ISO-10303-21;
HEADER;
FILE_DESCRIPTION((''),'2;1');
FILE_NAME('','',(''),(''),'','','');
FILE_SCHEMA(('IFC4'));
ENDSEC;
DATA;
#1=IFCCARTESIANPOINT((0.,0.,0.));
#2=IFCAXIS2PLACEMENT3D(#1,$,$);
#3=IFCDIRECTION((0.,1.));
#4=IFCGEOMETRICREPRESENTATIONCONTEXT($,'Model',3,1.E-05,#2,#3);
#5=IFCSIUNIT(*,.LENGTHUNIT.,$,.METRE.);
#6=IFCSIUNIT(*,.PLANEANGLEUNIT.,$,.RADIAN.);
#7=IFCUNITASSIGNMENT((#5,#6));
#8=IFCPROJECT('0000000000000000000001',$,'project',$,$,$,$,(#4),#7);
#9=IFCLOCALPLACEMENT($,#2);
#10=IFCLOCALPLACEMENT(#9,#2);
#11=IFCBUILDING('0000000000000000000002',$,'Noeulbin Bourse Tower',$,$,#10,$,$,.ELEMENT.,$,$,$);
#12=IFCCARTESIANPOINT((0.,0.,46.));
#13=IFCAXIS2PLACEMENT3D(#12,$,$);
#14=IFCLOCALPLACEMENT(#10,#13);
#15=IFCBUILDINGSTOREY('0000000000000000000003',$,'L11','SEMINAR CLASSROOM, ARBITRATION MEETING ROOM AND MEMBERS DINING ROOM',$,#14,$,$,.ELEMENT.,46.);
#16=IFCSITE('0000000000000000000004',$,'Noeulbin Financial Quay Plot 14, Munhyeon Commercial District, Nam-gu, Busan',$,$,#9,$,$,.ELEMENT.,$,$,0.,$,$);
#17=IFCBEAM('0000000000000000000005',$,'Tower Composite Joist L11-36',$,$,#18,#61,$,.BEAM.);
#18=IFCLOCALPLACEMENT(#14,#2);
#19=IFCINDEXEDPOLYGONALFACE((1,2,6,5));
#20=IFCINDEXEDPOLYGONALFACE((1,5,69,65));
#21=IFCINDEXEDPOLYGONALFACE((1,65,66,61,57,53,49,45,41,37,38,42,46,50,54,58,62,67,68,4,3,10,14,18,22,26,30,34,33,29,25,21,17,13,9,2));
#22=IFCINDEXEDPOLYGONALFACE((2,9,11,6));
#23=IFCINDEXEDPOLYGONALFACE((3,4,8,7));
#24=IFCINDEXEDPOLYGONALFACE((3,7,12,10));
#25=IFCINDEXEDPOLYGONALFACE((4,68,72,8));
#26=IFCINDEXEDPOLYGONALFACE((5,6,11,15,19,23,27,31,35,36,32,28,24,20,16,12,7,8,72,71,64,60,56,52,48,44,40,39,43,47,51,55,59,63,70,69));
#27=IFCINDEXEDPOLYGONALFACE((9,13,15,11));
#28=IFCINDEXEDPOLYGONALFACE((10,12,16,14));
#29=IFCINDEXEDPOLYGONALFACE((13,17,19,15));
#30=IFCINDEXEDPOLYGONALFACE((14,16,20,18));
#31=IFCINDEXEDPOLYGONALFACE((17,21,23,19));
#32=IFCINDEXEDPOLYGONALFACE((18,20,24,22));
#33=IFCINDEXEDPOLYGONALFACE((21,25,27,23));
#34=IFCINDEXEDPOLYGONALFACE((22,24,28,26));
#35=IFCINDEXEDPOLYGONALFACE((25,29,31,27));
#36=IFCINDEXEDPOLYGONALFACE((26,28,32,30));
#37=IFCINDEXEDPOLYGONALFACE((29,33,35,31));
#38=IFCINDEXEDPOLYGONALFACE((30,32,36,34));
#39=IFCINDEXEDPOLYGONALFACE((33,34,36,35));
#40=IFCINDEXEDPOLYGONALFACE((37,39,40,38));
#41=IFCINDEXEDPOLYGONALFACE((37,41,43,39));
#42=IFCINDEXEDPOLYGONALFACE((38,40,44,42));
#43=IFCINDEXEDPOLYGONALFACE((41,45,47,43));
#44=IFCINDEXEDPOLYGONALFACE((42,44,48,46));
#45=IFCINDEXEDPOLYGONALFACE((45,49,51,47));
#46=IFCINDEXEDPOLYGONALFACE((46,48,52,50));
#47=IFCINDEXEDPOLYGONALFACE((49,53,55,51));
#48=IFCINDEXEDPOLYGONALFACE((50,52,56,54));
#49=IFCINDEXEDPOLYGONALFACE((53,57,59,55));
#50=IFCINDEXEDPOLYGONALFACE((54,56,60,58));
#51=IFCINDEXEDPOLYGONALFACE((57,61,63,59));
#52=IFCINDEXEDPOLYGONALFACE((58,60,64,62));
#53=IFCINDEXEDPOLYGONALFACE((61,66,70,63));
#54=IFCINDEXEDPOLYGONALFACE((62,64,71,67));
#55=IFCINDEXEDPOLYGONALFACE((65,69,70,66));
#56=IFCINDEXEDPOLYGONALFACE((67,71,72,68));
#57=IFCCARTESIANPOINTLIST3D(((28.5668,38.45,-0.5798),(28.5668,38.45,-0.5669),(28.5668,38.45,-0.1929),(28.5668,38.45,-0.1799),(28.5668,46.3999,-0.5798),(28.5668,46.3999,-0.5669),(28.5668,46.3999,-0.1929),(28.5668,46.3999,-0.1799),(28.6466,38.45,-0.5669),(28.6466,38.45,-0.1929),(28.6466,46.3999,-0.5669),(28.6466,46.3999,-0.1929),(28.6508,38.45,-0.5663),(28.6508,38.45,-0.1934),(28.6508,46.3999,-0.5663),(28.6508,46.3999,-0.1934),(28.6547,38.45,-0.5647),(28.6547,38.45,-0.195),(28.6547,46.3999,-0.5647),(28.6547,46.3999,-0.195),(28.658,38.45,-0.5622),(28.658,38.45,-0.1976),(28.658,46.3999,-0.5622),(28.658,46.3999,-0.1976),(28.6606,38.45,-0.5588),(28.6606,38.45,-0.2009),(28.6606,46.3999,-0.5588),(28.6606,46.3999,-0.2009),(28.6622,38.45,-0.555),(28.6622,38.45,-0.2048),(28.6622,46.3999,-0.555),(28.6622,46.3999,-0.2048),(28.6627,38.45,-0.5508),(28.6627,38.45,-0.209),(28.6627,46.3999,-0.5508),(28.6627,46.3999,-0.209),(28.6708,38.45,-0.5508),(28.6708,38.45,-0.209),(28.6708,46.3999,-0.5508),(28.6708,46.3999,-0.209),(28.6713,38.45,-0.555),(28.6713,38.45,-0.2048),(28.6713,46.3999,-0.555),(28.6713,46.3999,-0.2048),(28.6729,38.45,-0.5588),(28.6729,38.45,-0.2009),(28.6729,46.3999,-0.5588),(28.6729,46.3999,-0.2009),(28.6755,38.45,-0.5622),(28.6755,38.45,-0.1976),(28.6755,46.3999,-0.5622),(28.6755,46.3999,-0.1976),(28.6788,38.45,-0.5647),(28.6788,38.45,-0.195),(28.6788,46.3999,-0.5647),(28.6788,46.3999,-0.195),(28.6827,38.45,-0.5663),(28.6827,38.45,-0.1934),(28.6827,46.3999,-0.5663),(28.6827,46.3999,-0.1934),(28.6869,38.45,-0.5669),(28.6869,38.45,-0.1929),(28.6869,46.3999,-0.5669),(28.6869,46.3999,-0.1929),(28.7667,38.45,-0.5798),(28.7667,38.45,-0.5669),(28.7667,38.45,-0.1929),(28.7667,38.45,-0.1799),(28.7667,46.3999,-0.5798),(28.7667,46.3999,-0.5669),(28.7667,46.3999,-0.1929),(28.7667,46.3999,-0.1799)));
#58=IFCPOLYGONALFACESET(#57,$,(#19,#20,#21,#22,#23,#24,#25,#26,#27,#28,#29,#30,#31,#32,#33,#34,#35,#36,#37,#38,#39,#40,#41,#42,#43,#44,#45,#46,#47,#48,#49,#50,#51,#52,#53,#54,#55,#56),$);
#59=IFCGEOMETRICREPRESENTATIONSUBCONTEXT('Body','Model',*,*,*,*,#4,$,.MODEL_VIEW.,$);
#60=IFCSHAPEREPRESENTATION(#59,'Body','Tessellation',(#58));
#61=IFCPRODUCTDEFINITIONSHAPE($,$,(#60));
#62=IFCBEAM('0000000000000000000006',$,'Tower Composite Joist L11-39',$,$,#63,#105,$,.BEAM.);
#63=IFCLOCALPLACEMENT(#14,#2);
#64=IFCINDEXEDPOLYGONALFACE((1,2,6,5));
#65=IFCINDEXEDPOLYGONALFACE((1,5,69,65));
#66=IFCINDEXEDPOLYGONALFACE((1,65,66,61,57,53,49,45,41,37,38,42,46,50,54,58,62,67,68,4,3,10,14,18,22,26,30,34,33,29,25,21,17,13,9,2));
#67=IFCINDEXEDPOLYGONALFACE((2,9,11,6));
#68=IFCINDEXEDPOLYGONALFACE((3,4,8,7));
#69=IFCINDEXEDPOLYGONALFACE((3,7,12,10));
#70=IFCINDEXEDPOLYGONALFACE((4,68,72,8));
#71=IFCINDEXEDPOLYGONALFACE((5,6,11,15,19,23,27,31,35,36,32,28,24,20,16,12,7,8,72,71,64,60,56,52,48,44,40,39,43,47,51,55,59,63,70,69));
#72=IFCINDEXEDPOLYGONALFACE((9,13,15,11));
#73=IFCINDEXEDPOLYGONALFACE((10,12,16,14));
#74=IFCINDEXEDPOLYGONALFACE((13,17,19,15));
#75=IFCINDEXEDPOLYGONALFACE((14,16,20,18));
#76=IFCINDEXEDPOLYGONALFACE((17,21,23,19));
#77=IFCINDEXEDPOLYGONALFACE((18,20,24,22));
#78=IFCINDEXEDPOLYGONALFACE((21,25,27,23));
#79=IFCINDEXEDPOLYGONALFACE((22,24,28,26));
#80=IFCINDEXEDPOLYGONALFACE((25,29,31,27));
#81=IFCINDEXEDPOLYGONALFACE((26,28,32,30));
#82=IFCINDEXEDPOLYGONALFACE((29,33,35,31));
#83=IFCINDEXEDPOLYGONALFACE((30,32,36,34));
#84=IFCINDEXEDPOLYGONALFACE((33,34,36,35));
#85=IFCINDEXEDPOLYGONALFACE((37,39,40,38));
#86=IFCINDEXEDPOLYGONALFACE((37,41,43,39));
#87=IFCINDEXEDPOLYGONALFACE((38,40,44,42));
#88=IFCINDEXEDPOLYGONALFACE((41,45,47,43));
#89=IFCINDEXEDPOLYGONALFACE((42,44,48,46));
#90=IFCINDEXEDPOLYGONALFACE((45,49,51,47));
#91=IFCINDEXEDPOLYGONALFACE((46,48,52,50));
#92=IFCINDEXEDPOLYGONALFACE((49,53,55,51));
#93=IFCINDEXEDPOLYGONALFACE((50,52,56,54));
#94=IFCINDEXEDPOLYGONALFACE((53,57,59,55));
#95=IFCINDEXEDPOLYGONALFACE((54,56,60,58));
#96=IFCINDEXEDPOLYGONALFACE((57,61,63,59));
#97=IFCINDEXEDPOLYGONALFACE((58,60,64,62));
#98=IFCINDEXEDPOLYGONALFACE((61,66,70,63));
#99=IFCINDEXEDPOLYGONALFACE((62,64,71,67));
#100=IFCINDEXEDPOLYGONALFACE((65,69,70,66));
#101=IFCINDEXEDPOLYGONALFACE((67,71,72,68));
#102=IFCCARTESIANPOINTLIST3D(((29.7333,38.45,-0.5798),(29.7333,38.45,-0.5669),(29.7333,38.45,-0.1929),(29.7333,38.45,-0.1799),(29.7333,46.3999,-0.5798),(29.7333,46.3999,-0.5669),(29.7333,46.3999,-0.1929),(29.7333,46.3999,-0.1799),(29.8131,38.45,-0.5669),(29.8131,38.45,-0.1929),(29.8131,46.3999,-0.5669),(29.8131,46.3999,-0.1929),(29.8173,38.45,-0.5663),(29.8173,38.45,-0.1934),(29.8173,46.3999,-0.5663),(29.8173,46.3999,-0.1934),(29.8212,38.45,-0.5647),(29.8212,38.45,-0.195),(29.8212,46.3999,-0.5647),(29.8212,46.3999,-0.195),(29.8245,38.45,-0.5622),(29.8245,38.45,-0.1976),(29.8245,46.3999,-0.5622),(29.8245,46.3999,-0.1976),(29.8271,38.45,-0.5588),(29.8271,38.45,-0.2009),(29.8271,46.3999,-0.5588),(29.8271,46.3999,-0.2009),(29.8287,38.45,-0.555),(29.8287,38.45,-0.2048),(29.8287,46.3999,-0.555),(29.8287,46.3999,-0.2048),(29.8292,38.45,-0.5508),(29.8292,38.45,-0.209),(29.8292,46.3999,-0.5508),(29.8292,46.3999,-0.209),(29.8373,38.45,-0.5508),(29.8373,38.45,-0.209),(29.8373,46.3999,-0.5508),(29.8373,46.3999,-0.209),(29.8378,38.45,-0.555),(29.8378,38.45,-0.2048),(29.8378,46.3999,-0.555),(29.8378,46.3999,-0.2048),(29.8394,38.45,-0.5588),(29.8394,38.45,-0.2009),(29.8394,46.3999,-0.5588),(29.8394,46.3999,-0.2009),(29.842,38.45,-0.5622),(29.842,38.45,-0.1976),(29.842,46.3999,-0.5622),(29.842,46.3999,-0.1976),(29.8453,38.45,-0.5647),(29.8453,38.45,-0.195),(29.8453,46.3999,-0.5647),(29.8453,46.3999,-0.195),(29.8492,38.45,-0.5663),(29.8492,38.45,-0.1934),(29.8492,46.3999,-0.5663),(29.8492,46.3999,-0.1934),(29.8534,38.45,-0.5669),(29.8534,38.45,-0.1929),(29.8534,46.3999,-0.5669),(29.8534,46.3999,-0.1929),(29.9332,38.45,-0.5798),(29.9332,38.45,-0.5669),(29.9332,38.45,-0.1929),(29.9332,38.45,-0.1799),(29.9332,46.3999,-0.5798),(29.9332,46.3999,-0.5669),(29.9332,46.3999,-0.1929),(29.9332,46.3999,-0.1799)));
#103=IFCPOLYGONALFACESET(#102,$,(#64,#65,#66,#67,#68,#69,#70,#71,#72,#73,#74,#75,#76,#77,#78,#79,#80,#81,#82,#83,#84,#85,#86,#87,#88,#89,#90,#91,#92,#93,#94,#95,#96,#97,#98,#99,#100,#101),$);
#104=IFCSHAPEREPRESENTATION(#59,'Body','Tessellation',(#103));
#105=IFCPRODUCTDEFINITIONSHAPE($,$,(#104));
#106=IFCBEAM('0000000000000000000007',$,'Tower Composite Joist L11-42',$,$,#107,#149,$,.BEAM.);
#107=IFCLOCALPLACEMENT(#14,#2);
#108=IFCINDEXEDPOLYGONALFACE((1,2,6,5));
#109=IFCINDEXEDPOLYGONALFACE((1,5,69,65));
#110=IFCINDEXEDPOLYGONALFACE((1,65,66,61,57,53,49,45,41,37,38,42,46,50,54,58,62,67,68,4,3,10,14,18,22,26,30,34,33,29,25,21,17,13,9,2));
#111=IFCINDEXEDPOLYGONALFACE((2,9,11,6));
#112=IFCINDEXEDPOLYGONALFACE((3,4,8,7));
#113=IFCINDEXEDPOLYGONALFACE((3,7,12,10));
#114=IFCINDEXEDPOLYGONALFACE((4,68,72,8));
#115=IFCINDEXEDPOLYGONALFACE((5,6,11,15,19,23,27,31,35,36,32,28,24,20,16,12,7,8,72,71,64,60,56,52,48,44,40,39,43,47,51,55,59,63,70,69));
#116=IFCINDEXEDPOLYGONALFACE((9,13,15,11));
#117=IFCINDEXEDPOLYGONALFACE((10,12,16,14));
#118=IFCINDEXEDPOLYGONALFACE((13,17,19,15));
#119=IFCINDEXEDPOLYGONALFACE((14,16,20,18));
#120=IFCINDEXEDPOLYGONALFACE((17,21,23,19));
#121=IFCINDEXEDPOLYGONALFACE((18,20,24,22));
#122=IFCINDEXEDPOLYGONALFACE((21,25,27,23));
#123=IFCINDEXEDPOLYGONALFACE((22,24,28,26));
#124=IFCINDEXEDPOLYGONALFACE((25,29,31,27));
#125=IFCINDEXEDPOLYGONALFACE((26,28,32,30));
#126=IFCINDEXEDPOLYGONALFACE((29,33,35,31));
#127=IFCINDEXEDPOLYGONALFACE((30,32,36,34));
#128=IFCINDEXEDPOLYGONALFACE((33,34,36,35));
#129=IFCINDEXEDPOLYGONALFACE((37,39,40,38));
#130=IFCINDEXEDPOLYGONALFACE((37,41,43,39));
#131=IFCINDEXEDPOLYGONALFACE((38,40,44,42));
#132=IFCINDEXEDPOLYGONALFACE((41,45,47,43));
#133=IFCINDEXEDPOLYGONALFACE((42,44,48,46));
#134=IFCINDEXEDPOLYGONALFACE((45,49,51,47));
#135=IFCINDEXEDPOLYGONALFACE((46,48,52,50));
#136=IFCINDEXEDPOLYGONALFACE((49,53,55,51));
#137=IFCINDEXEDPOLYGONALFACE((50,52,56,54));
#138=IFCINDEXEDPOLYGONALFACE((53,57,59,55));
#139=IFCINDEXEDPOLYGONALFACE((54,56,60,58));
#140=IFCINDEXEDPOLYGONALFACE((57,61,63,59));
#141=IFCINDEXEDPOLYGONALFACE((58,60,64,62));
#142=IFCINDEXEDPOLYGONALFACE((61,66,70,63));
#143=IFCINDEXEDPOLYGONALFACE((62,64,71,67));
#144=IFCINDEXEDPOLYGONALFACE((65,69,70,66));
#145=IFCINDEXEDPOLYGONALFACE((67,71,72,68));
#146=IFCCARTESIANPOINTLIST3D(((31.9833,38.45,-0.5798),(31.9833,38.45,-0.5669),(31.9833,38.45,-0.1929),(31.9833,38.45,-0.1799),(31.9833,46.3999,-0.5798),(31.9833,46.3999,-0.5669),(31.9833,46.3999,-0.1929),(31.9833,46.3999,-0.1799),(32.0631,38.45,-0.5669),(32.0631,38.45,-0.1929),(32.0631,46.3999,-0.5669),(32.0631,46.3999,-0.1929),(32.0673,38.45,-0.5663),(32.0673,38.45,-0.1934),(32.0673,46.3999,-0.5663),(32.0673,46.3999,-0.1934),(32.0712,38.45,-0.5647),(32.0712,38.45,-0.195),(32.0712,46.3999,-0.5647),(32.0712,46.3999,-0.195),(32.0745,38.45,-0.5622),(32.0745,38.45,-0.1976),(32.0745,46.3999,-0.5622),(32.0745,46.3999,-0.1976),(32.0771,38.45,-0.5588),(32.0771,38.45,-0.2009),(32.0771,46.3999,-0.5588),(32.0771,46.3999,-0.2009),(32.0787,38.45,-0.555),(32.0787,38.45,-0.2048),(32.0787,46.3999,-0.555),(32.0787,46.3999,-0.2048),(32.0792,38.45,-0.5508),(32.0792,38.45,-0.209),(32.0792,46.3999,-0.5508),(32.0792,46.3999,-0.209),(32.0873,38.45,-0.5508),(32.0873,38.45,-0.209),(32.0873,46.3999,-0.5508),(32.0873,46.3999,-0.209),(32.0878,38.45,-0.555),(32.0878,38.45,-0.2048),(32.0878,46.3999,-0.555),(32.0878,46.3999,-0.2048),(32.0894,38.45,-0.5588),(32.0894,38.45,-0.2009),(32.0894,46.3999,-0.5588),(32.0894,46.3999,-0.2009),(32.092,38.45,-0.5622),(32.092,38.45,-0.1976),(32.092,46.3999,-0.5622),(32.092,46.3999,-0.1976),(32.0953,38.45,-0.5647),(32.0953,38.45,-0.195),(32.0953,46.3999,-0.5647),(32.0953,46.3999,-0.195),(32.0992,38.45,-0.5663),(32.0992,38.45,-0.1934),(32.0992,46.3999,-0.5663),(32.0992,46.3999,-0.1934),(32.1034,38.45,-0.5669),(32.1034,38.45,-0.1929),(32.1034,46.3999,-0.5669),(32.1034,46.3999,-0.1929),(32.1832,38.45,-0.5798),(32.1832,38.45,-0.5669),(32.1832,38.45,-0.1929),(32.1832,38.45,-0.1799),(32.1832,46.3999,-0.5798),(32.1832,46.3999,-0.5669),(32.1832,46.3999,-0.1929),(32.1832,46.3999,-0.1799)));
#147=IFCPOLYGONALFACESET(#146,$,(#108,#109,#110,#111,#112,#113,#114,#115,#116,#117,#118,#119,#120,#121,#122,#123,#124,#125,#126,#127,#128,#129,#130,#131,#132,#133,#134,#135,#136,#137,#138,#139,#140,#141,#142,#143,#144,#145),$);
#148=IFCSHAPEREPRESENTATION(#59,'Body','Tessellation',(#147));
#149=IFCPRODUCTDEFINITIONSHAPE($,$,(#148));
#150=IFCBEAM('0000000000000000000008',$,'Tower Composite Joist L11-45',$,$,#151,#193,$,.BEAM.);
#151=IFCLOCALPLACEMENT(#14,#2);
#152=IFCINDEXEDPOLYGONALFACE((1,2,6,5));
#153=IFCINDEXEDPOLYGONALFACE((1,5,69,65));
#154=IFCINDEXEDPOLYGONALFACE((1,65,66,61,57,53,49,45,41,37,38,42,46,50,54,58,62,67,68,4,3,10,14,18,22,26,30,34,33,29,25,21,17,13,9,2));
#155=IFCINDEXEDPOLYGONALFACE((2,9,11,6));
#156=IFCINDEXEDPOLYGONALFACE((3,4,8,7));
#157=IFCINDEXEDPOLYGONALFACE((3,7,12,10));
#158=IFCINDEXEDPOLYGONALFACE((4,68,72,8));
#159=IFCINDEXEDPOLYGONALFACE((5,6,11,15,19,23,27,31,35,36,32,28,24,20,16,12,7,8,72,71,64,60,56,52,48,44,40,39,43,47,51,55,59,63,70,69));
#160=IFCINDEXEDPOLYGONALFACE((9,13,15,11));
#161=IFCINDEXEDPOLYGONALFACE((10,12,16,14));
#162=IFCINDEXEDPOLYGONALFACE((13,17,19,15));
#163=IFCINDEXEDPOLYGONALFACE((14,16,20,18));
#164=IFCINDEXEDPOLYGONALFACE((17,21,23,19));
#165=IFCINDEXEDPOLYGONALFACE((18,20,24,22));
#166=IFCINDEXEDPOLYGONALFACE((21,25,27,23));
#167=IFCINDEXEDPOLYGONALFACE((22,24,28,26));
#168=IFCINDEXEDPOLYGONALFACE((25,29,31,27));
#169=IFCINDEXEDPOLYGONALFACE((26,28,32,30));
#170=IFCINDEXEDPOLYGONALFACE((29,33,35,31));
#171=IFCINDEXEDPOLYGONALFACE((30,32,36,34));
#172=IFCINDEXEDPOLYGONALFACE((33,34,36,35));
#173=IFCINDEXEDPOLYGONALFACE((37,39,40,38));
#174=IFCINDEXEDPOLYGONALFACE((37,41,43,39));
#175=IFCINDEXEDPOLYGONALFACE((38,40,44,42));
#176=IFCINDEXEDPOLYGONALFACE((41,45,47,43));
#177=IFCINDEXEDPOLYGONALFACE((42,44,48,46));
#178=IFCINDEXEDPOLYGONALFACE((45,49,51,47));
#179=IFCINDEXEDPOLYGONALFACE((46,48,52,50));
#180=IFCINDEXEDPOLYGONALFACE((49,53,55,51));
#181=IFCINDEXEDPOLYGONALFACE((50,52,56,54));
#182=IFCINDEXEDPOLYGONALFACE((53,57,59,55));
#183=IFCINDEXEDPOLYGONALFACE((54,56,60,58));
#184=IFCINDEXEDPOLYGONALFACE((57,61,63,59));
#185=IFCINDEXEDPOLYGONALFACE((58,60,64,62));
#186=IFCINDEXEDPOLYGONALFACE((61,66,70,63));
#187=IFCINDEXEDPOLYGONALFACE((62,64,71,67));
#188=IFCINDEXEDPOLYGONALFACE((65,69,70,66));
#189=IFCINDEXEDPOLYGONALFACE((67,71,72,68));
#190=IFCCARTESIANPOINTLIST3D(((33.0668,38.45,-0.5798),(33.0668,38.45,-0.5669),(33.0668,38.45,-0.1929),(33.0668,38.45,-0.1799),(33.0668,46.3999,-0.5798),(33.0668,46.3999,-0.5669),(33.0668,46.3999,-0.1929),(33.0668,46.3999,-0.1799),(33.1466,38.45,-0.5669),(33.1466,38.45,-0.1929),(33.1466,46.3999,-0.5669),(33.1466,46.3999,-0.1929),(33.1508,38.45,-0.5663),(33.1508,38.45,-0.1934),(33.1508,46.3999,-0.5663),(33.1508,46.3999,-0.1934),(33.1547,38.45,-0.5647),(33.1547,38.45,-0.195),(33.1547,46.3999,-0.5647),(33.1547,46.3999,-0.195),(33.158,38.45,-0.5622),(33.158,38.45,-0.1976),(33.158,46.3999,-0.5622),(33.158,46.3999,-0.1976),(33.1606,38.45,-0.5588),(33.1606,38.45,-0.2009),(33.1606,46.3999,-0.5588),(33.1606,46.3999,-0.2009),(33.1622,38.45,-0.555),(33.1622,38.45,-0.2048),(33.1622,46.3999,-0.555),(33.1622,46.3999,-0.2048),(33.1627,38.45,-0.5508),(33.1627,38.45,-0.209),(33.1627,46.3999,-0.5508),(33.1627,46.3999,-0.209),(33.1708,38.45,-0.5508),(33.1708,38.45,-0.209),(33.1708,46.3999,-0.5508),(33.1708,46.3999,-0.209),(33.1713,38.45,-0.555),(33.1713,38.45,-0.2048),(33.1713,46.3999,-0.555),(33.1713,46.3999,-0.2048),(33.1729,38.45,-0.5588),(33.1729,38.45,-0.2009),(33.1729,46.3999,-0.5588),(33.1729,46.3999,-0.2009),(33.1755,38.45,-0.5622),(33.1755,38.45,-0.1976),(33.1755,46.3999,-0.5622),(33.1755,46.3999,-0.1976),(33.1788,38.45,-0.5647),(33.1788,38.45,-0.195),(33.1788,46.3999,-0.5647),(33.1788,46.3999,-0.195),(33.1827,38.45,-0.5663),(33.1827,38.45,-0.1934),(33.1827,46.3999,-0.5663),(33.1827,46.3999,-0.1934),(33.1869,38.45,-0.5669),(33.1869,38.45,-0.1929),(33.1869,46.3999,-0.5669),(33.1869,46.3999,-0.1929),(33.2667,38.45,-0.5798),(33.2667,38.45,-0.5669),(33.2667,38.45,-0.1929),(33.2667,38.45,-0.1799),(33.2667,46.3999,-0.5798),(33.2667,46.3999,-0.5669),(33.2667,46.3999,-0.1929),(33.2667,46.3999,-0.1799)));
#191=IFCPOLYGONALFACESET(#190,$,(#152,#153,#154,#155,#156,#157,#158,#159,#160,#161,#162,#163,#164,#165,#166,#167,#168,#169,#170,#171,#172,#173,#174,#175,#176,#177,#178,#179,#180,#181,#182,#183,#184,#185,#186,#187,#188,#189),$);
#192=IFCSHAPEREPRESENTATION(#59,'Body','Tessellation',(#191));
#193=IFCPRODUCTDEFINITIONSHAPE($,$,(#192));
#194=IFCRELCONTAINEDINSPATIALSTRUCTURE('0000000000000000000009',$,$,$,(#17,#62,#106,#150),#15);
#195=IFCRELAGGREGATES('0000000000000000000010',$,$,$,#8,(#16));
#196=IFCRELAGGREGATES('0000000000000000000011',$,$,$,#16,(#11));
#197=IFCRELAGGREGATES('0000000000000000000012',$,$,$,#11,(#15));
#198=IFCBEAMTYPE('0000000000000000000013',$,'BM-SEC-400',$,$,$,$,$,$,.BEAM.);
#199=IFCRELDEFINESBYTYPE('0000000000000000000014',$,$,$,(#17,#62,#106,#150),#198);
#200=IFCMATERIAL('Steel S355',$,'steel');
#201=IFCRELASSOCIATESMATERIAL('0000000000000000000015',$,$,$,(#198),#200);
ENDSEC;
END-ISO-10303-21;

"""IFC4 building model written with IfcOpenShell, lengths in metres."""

from ifc_helpers import new_model, si_unit, direction, frame, origin, origin_2d, place, context, subcontext, project, spatial, i_section, extrude, material, material_profile, profile_set, type_object, element, save


model = new_model("IFC4")

# Units and contexts
model_context = context("Model", 3, precision=1e-05, world=origin(), true_north=direction((0.0, 1.0)))
body_context = subcontext(model_context, "Body", "Model", "MODEL_VIEW")
ifc_project = project(units=[si_unit("LENGTHUNIT", "METRE"), si_unit("PLANEANGLEUNIT", "RADIAN")], contexts=[model_context])

# Site, building, storey
site_placement = place(None, origin())
site = spatial("IfcSite", under=ifc_project, at=site_placement, Name="Noeulbin Financial Quay Plot 14, Munhyeon Commercial District, Nam-gu, Busan", CompositionType="ELEMENT", RefElevation=0.0)
building_placement = place(site_placement, origin())
building = spatial("IfcBuilding", under=site, at=building_placement, Name="Noeulbin Bourse Tower", CompositionType="ELEMENT")
storey_placement = place(building_placement, frame((0.0, 0.0, 46.0)))
storey = spatial("IfcBuildingStorey", under=building, at=storey_placement, Name="L11", Description="SEMINAR CLASSROOM, ARBITRATION MEETING ROOM AND MEMBERS DINING ROOM", CompositionType="ELEMENT", Elevation=46.0)

# Beams
ifc_material_1 = material(Name="Steel S355", Category="steel")
ifc_material_profile_1 = material_profile(ifc_material_1, i_section(OverallWidth=0.2, OverallDepth=0.3999, WebThickness=0.0081, FlangeThickness=0.0129, FilletRadius=0.0161, at=origin_2d()), Name="H-400x200x8x13", Category="LoadBearing")
ifc_profile_set_1 = profile_set([ifc_material_profile_1], Name="Steel S355")
beam_type_1 = type_object("IfcBeamType", Name="BM-SEC-400", PredefinedType="BEAM", material=ifc_profile_set_1)
for number, where, z_axis, x_axis, name in (
    (1, (28.6667, 38.45, -0.3799), (0.0, 1.0, 0.0), (-1.0, 0.0, 0.0), "Tower Composite Joist L11-36"),
    (2, (29.8333, 38.45, -0.3799), (0.0, 1.0, 0.0), (-1.0, 0.0, 0.0), "Tower Composite Joist L11-39"),
    (3, (32.0833, 38.45, -0.3799), (0.0, 1.0, 0.0), (-1.0, 0.0, 0.0), "Tower Composite Joist L11-42"),
    (4, (33.1667, 38.45, -0.3799), (0.0, 1.0, 0.0), (-1.0, 0.0, 0.0), "Tower Composite Joist L11-45"),
):
    element("IfcBeam", number, at=place(storey_placement, frame(where, z_axis=z_axis, x_axis=x_axis)), inside=storey, type_object=beam_type_1, Name=name, PredefinedType="BEAM", context=body_context, shape_type="SweptSolid", body=[
        extrude(i_section(OverallWidth=0.2, OverallDepth=0.3999, WebThickness=0.0081, FlangeThickness=0.0129, FilletRadius=0.0161, at=origin_2d()), origin(), (0.0, 0.0, 1.0), 7.95),
    ])

save(model, "model.ifc")
